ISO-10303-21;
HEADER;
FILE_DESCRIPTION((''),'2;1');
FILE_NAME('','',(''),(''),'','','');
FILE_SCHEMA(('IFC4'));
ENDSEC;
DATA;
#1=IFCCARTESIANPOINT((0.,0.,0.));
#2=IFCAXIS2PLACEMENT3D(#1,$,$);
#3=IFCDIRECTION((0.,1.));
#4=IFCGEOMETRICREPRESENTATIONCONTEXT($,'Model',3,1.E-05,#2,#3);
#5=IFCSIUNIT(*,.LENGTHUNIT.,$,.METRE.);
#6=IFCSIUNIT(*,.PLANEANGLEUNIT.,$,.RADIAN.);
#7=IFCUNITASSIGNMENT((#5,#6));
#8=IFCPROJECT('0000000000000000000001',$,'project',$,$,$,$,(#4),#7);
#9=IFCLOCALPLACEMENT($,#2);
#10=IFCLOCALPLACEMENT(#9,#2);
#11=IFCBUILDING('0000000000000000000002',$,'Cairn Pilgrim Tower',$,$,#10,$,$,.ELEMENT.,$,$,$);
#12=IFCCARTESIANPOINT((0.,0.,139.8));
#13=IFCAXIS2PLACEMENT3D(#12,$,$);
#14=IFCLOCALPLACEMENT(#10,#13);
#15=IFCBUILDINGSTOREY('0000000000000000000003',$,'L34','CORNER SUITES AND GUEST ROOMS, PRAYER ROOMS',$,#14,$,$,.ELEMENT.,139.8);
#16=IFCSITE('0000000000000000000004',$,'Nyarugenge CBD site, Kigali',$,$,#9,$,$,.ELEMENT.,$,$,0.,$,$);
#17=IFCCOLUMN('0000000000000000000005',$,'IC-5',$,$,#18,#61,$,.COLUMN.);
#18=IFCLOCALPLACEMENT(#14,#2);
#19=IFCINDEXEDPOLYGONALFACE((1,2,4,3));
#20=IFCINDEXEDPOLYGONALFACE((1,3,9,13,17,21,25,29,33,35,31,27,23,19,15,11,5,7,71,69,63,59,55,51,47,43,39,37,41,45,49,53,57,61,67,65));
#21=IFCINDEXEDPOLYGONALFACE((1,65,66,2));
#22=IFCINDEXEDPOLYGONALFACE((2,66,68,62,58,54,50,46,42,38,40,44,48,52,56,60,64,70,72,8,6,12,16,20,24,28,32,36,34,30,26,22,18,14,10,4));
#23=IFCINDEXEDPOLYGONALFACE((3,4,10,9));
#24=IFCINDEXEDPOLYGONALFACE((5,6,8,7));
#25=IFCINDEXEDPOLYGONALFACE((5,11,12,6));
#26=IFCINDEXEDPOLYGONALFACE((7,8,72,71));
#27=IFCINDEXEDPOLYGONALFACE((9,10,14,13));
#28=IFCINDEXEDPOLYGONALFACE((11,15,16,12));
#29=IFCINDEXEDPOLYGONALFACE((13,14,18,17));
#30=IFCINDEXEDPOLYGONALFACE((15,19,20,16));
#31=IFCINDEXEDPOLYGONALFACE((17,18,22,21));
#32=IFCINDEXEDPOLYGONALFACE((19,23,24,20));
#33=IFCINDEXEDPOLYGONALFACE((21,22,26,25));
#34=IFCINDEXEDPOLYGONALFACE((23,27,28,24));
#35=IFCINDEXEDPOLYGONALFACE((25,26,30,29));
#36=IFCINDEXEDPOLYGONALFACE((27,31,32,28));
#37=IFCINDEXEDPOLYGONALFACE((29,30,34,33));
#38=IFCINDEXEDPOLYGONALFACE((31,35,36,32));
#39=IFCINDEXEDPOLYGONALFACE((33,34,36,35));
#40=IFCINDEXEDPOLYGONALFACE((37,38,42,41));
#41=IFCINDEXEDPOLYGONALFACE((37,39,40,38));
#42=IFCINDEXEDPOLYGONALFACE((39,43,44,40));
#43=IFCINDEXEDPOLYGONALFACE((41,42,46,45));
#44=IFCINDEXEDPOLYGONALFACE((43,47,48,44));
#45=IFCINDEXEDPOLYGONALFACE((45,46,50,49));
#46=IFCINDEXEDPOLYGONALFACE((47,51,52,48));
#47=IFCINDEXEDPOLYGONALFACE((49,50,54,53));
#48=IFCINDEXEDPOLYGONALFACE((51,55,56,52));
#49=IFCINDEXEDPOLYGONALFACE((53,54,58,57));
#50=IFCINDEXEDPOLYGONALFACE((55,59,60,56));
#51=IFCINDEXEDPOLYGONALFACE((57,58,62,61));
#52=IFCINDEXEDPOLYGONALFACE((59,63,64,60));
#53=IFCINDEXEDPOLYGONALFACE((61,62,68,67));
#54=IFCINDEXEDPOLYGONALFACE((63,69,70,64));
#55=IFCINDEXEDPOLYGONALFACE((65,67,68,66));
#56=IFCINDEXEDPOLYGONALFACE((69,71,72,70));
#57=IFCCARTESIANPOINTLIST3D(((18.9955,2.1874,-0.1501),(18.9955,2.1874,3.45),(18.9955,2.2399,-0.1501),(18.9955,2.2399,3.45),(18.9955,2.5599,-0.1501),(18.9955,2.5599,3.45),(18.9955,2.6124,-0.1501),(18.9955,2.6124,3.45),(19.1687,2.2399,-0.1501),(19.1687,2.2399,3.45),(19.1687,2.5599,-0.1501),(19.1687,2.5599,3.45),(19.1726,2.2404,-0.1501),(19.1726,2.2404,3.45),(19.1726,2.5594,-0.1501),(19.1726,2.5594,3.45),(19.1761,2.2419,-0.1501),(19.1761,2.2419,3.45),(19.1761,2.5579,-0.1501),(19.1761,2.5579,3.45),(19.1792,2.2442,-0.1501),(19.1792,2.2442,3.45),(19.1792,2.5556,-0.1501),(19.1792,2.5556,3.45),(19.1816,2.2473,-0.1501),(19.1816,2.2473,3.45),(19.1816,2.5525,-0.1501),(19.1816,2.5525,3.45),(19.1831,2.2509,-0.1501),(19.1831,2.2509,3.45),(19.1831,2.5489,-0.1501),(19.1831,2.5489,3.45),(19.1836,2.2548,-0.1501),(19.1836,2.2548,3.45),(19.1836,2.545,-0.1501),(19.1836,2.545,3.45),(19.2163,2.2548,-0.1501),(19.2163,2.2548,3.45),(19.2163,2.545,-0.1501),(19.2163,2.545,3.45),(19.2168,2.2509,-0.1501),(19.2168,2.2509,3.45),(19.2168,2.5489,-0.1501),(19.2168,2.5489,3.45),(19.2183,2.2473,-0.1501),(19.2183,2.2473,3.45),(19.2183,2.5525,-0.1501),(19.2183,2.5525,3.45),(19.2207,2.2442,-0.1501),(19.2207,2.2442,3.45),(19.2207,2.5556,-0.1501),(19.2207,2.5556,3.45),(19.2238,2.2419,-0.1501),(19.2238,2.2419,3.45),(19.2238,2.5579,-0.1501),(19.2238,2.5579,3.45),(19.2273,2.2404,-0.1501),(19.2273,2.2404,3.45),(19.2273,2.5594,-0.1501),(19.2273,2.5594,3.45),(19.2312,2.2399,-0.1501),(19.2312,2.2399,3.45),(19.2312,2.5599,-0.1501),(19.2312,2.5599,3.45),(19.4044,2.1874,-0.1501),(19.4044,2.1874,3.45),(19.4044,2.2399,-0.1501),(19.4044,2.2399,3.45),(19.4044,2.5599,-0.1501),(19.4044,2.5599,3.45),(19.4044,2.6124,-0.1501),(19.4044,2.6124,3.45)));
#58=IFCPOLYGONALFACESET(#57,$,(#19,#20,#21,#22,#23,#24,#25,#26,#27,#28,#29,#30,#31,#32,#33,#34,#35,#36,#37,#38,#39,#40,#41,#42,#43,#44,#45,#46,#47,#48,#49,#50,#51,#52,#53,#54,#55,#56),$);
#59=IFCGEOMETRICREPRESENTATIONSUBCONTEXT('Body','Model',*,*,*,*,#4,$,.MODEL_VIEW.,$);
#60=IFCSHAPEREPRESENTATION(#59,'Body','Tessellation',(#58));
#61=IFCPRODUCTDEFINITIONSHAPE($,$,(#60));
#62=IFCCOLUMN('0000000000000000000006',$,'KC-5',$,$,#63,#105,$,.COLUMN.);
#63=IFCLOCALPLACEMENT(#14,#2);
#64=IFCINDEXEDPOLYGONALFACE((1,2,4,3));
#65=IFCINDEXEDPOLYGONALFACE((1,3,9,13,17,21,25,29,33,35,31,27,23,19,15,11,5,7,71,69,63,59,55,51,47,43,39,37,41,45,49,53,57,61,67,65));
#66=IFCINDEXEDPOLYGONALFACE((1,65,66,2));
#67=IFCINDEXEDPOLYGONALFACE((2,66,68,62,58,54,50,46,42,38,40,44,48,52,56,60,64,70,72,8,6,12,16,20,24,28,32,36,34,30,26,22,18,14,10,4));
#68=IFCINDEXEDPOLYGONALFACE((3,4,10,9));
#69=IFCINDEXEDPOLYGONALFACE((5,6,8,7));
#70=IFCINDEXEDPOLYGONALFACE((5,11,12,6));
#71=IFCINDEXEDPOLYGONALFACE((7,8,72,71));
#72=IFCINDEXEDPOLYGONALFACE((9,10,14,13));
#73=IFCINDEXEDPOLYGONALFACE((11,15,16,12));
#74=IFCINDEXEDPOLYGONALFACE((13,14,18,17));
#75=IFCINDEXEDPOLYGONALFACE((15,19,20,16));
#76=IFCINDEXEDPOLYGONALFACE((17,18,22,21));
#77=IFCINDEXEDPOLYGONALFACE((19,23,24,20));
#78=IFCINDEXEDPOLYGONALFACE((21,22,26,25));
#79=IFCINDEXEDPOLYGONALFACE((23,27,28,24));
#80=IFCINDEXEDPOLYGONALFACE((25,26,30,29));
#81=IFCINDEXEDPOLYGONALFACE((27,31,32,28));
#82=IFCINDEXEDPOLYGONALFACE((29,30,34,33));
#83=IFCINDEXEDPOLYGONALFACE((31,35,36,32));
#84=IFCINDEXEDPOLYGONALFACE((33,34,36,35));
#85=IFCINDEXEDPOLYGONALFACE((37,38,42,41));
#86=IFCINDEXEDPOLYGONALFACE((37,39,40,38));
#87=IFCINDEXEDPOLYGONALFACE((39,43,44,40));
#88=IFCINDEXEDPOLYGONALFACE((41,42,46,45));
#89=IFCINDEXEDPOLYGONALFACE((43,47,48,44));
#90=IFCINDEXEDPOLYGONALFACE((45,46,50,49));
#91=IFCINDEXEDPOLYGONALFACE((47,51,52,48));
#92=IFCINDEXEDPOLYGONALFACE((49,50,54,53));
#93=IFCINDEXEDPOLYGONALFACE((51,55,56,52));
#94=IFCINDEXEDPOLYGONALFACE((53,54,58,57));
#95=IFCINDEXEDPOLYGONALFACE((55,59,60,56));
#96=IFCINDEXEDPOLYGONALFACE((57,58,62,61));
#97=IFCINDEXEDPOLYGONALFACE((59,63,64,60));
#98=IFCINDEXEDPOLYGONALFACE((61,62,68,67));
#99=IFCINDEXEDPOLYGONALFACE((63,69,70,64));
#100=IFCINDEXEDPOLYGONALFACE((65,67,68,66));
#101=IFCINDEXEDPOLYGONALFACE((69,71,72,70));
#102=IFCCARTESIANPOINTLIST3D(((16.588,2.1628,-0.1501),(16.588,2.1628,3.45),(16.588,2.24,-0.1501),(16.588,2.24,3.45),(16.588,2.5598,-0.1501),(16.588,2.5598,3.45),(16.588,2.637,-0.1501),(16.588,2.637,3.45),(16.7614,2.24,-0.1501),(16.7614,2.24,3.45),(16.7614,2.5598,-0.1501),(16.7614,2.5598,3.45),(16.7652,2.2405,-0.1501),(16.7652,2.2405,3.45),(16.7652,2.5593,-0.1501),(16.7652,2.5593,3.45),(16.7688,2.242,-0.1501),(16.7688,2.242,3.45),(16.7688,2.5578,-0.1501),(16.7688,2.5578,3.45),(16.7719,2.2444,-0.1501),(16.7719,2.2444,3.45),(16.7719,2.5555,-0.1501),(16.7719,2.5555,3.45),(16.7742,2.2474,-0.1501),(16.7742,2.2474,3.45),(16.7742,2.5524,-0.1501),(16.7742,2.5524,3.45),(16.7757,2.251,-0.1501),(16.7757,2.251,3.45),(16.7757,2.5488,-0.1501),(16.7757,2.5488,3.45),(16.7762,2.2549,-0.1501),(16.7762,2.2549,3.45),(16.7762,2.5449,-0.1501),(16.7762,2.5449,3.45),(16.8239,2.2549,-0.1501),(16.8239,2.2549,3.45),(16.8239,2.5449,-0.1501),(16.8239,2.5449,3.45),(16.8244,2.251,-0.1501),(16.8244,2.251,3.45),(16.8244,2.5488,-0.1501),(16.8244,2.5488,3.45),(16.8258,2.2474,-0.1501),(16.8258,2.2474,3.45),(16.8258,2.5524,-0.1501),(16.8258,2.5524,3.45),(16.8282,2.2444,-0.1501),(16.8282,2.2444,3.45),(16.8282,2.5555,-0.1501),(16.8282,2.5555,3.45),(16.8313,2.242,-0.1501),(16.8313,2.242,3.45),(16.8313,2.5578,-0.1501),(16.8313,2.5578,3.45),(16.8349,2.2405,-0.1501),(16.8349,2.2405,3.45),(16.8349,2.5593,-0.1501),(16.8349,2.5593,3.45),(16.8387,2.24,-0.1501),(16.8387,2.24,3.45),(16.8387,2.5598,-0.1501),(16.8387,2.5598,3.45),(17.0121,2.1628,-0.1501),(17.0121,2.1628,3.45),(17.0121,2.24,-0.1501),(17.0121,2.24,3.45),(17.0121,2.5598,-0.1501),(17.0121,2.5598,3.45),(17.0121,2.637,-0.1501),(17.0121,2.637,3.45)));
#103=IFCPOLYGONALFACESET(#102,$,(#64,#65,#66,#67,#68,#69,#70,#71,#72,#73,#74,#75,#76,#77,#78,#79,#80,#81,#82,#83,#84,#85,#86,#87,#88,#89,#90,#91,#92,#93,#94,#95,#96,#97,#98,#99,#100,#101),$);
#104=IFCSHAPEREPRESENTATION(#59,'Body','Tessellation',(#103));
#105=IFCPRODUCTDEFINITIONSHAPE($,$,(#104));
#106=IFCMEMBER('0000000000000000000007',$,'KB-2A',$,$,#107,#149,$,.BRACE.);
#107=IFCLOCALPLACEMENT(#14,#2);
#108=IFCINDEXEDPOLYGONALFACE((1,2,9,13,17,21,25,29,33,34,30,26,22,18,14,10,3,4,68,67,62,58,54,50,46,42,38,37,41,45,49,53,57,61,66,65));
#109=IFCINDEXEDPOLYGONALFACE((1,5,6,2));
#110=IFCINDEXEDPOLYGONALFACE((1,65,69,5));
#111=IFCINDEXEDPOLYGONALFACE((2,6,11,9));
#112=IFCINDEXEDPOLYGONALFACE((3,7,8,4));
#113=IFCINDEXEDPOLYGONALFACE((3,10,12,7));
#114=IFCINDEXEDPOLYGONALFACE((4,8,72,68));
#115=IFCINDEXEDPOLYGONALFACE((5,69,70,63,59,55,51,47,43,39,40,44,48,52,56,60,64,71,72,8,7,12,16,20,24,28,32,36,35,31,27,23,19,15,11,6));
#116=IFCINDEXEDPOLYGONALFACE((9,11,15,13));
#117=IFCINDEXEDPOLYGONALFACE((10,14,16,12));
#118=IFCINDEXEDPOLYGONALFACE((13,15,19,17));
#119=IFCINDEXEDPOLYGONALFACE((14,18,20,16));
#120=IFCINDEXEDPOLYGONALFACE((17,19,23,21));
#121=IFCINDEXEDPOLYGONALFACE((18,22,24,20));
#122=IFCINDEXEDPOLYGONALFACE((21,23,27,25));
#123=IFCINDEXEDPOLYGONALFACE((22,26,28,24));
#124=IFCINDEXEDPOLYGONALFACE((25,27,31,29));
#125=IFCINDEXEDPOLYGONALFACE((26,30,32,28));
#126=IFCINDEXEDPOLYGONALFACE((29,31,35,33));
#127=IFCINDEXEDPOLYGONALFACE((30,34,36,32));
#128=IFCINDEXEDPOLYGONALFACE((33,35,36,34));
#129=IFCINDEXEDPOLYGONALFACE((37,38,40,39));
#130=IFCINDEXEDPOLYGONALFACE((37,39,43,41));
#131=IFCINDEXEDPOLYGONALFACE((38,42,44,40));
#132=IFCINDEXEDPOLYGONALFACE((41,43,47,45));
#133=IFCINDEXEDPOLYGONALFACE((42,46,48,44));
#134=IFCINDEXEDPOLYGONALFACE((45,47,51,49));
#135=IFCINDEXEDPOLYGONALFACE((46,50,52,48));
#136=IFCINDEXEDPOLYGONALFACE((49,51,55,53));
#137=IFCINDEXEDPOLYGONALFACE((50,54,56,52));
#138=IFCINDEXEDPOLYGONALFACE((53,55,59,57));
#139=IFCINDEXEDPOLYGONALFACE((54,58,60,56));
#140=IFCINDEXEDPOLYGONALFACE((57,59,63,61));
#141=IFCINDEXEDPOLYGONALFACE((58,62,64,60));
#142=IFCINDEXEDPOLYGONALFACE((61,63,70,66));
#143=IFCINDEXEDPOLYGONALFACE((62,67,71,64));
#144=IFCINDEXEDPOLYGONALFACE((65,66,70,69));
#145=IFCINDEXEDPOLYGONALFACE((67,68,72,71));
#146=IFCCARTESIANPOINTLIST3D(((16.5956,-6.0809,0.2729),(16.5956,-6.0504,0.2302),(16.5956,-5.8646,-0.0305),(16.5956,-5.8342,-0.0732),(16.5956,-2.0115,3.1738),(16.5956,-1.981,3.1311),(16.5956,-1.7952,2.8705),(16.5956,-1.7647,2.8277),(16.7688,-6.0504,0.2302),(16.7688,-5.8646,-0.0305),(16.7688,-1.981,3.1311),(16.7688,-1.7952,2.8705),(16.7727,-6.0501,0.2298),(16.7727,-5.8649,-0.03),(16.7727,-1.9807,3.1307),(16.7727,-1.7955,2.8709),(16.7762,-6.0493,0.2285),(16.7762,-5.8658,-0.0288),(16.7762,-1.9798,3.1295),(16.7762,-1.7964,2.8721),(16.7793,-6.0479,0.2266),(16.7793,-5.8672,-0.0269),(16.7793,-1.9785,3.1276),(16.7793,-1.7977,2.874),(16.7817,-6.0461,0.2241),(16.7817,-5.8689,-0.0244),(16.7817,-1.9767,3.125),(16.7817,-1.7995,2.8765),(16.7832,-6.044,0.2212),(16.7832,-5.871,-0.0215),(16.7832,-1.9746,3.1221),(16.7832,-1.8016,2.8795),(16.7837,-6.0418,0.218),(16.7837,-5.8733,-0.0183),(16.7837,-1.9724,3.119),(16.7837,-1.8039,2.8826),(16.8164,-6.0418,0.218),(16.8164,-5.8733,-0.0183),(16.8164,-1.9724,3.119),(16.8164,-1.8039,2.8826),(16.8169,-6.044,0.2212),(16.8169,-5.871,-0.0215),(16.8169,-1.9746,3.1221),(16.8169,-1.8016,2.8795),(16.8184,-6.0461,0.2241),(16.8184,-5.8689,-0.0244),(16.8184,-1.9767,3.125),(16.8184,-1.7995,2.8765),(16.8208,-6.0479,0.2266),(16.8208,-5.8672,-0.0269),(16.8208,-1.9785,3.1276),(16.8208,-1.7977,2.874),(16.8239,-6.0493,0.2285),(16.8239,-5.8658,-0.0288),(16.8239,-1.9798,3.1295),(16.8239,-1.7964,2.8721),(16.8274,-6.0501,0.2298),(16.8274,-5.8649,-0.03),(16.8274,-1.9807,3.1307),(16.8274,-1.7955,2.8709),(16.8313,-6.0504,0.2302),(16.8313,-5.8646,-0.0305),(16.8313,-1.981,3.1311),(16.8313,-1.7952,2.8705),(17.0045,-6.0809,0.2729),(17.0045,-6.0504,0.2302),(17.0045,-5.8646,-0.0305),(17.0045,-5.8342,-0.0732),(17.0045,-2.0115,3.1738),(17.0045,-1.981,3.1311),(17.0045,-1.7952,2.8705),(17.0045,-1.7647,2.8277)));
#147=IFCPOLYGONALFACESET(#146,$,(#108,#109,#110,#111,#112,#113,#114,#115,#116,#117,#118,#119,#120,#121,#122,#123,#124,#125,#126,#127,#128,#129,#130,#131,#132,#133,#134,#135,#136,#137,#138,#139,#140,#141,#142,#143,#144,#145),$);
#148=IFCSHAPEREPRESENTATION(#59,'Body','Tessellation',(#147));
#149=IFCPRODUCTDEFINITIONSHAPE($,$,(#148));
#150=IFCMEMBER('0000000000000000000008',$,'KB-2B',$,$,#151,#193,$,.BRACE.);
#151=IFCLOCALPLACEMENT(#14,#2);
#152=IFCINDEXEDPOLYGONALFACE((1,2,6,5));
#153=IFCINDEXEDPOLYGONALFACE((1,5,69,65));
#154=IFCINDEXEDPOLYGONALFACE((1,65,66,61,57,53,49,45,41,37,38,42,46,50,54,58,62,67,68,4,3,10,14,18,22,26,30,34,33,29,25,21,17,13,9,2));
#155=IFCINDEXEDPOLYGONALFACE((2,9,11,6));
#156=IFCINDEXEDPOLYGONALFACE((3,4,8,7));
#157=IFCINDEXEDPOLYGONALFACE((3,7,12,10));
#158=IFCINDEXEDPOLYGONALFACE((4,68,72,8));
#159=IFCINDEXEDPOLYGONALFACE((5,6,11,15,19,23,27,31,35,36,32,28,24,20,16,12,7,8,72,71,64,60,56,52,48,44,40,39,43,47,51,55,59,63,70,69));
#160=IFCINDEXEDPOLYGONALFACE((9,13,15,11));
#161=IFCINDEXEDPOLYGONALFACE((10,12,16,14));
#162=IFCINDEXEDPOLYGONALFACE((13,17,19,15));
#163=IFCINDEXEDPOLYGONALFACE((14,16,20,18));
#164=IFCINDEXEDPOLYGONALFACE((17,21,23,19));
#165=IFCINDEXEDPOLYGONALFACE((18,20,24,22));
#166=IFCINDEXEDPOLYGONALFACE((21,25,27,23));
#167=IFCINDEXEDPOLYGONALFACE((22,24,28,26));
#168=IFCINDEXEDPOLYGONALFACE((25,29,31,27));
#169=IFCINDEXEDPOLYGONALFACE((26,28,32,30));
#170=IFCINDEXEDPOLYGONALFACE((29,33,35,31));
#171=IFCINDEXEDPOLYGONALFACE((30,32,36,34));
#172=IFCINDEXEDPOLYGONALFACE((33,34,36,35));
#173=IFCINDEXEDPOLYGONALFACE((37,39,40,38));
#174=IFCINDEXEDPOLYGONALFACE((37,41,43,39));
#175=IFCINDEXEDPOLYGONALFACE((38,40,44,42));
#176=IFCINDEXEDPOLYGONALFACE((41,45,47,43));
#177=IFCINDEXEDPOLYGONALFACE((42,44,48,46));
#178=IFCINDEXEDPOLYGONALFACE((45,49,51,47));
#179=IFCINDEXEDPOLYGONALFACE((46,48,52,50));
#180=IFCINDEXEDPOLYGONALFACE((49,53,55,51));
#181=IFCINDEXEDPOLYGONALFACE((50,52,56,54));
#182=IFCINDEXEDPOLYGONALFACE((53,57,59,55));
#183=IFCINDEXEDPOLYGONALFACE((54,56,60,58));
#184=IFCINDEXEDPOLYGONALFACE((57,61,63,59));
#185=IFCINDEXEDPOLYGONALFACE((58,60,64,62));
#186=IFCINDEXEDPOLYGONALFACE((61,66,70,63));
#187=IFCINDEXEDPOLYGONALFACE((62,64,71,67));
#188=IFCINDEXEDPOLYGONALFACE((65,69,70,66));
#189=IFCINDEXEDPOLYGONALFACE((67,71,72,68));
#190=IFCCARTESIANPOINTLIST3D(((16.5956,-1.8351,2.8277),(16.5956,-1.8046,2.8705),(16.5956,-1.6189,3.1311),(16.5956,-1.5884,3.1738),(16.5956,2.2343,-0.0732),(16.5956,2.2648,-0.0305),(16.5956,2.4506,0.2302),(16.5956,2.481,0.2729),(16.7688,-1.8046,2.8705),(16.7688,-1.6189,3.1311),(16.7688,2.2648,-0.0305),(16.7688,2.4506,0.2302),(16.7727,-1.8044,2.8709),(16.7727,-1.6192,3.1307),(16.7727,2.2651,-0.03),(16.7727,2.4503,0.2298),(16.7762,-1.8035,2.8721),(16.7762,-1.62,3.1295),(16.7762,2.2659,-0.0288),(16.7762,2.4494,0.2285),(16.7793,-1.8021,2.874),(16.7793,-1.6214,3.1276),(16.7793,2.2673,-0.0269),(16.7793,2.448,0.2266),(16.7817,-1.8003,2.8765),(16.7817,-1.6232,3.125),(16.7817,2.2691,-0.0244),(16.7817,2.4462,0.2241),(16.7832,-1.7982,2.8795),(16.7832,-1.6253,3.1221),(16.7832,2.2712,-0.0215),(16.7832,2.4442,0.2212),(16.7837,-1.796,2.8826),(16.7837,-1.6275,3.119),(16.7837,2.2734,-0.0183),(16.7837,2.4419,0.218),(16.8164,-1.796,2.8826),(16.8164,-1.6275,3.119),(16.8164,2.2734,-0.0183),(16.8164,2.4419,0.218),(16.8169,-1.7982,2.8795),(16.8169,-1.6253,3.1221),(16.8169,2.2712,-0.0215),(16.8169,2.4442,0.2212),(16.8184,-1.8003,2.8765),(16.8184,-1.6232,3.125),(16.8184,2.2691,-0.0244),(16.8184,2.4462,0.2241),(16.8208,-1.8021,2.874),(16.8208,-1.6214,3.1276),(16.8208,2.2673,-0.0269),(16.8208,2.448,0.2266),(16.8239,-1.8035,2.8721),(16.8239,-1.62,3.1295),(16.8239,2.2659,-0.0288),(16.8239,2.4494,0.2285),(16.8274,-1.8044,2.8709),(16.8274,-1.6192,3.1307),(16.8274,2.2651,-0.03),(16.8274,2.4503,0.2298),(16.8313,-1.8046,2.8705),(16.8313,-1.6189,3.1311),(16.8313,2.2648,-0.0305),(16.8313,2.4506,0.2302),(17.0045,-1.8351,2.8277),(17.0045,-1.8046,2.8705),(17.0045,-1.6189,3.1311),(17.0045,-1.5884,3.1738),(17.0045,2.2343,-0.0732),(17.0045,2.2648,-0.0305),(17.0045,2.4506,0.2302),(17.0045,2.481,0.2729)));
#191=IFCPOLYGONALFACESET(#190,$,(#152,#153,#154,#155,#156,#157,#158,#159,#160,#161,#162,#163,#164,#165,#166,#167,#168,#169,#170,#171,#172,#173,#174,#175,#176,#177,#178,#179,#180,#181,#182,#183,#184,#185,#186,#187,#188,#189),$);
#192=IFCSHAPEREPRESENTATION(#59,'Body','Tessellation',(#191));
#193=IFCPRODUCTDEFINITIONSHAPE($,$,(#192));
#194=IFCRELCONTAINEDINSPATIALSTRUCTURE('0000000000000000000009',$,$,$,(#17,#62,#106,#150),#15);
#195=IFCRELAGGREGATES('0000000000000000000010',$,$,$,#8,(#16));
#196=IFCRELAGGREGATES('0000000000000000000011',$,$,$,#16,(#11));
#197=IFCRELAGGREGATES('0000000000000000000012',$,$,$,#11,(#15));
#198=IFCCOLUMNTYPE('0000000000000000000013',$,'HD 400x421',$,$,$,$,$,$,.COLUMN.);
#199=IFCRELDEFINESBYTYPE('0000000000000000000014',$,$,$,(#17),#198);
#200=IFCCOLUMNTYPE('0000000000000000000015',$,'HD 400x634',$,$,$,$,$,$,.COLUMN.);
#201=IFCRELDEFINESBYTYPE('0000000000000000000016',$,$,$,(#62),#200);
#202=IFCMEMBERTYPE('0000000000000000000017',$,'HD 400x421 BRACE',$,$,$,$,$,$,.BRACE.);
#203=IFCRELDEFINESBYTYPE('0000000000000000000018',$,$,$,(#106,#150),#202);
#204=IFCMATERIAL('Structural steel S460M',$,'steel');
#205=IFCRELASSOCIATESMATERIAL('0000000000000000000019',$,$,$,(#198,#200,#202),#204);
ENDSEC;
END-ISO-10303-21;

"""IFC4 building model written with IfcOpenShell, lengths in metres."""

from ifc_helpers import new_model, si_unit, direction, frame, origin, origin_2d, place, context, subcontext, project, spatial, i_section, extrude, material, material_profile, profile_set, type_object, element, save


model = new_model("IFC4")

# Units and contexts
model_context = context("Model", 3, precision=1e-05, world=origin(), true_north=direction((0.0, 1.0)))
body_context = subcontext(model_context, "Body", "Model", "MODEL_VIEW")
ifc_project = project(units=[si_unit("LENGTHUNIT", "METRE"), si_unit("PLANEANGLEUNIT", "RADIAN")], contexts=[model_context])

# Site, building, storey
site_placement = place(None, origin())
site = spatial("IfcSite", under=ifc_project, at=site_placement, Name="Nyarugenge CBD site, Kigali", CompositionType="ELEMENT", RefElevation=0.0)
building_placement = place(site_placement, origin())
building = spatial("IfcBuilding", under=site, at=building_placement, Name="Cairn Pilgrim Tower", CompositionType="ELEMENT")
storey_placement = place(building_placement, frame((0.0, 0.0, 139.8)))
storey = spatial("IfcBuildingStorey", under=building, at=storey_placement, Name="L34", Description="CORNER SUITES AND GUEST ROOMS, PRAYER ROOMS", CompositionType="ELEMENT", Elevation=139.8)

# Columns
ifc_material_1 = material(Name="Structural steel S460M", Category="steel")
ifc_material_profile_1 = material_profile(ifc_material_1, i_section(OverallWidth=0.4089, OverallDepth=0.425, WebThickness=0.0327, FlangeThickness=0.0525, FilletRadius=0.0149, at=origin_2d()), Name="HD 400x421")
ifc_profile_set_1 = profile_set([ifc_material_profile_1], Name="Structural steel S460M")
column_type_1 = type_object("IfcColumnType", Name="HD 400x421", PredefinedType="COLUMN", material=ifc_profile_set_1)
column_1_placement = place(storey_placement, frame((19.2, 2.3999, -0.1501), z_axis=(0.0, 0.0, 1.0), x_axis=(1.0, 0.0, 0.0)))
element("IfcColumn", 1, at=column_1_placement, inside=storey, type_object=column_type_1, Name="IC-5", PredefinedType="COLUMN", context=body_context, shape_type="SweptSolid", body=[
    extrude(i_section(OverallWidth=0.4089, OverallDepth=0.425, WebThickness=0.0327, FlangeThickness=0.0525, FilletRadius=0.0149, at=origin_2d()), origin(), (0.0, 0.0, 1.0), 3.6001),
])
ifc_material_profile_2 = material_profile(ifc_material_1, i_section(OverallWidth=0.4241, OverallDepth=0.4741, WebThickness=0.0476, FlangeThickness=0.0771, FilletRadius=0.0149, at=origin_2d()), Name="HD 400x634")
ifc_profile_set_2 = profile_set([ifc_material_profile_2], Name="Structural steel S460M")
column_type_2 = type_object("IfcColumnType", Name="HD 400x634", PredefinedType="COLUMN", material=ifc_profile_set_2)
column_2_placement = place(storey_placement, frame((16.8, 2.3999, -0.1501), z_axis=(0.0, 0.0, 1.0), x_axis=(1.0, 0.0, 0.0)))
element("IfcColumn", 2, at=column_2_placement, inside=storey, type_object=column_type_2, Name="KC-5", PredefinedType="COLUMN", context=body_context, shape_type="SweptSolid", body=[
    extrude(i_section(OverallWidth=0.4241, OverallDepth=0.4741, WebThickness=0.0476, FlangeThickness=0.0771, FilletRadius=0.0149, at=origin_2d()), origin(), (0.0, 0.0, 1.0), 3.6001),
])

# Members
ifc_material_profile_3 = material_profile(ifc_material_1, i_section(OverallWidth=0.4089, OverallDepth=0.425, WebThickness=0.0327, FlangeThickness=0.0525, FilletRadius=0.0149, at=origin_2d()), Name="HD 400x421")
ifc_profile_set_3 = profile_set([ifc_material_profile_3], Name="Structural steel S460M")
member_type = type_object("IfcMemberType", Name="HD 400x421 BRACE", PredefinedType="BRACE", material=ifc_profile_set_3)
for number, where, z_axis, x_axis, name in (
    (3, (16.8, -5.9575, 0.0999), (0.0, 0.814281, 0.580471), (-1.0, 0.0, 0.0), "KB-2A"),
    (4, (16.8, 2.3577, 0.0999), (0.0, -0.814281, 0.580471), (1.0, 0.0, 0.0), "KB-2B"),
):
    element("IfcMember", number, at=place(storey_placement, frame(where, z_axis=z_axis, x_axis=x_axis)), inside=storey, type_object=member_type, Name=name, PredefinedType="BRACE", context=body_context, shape_type="SweptSolid", body=[
        extrude(i_section(OverallWidth=0.4089, OverallDepth=0.425, WebThickness=0.0327, FlangeThickness=0.0525, FilletRadius=0.0149, at=origin_2d()), origin(), (0.0, 0.0, 1.0), 4.9976),
    ])

save(model, "model.ifc")
